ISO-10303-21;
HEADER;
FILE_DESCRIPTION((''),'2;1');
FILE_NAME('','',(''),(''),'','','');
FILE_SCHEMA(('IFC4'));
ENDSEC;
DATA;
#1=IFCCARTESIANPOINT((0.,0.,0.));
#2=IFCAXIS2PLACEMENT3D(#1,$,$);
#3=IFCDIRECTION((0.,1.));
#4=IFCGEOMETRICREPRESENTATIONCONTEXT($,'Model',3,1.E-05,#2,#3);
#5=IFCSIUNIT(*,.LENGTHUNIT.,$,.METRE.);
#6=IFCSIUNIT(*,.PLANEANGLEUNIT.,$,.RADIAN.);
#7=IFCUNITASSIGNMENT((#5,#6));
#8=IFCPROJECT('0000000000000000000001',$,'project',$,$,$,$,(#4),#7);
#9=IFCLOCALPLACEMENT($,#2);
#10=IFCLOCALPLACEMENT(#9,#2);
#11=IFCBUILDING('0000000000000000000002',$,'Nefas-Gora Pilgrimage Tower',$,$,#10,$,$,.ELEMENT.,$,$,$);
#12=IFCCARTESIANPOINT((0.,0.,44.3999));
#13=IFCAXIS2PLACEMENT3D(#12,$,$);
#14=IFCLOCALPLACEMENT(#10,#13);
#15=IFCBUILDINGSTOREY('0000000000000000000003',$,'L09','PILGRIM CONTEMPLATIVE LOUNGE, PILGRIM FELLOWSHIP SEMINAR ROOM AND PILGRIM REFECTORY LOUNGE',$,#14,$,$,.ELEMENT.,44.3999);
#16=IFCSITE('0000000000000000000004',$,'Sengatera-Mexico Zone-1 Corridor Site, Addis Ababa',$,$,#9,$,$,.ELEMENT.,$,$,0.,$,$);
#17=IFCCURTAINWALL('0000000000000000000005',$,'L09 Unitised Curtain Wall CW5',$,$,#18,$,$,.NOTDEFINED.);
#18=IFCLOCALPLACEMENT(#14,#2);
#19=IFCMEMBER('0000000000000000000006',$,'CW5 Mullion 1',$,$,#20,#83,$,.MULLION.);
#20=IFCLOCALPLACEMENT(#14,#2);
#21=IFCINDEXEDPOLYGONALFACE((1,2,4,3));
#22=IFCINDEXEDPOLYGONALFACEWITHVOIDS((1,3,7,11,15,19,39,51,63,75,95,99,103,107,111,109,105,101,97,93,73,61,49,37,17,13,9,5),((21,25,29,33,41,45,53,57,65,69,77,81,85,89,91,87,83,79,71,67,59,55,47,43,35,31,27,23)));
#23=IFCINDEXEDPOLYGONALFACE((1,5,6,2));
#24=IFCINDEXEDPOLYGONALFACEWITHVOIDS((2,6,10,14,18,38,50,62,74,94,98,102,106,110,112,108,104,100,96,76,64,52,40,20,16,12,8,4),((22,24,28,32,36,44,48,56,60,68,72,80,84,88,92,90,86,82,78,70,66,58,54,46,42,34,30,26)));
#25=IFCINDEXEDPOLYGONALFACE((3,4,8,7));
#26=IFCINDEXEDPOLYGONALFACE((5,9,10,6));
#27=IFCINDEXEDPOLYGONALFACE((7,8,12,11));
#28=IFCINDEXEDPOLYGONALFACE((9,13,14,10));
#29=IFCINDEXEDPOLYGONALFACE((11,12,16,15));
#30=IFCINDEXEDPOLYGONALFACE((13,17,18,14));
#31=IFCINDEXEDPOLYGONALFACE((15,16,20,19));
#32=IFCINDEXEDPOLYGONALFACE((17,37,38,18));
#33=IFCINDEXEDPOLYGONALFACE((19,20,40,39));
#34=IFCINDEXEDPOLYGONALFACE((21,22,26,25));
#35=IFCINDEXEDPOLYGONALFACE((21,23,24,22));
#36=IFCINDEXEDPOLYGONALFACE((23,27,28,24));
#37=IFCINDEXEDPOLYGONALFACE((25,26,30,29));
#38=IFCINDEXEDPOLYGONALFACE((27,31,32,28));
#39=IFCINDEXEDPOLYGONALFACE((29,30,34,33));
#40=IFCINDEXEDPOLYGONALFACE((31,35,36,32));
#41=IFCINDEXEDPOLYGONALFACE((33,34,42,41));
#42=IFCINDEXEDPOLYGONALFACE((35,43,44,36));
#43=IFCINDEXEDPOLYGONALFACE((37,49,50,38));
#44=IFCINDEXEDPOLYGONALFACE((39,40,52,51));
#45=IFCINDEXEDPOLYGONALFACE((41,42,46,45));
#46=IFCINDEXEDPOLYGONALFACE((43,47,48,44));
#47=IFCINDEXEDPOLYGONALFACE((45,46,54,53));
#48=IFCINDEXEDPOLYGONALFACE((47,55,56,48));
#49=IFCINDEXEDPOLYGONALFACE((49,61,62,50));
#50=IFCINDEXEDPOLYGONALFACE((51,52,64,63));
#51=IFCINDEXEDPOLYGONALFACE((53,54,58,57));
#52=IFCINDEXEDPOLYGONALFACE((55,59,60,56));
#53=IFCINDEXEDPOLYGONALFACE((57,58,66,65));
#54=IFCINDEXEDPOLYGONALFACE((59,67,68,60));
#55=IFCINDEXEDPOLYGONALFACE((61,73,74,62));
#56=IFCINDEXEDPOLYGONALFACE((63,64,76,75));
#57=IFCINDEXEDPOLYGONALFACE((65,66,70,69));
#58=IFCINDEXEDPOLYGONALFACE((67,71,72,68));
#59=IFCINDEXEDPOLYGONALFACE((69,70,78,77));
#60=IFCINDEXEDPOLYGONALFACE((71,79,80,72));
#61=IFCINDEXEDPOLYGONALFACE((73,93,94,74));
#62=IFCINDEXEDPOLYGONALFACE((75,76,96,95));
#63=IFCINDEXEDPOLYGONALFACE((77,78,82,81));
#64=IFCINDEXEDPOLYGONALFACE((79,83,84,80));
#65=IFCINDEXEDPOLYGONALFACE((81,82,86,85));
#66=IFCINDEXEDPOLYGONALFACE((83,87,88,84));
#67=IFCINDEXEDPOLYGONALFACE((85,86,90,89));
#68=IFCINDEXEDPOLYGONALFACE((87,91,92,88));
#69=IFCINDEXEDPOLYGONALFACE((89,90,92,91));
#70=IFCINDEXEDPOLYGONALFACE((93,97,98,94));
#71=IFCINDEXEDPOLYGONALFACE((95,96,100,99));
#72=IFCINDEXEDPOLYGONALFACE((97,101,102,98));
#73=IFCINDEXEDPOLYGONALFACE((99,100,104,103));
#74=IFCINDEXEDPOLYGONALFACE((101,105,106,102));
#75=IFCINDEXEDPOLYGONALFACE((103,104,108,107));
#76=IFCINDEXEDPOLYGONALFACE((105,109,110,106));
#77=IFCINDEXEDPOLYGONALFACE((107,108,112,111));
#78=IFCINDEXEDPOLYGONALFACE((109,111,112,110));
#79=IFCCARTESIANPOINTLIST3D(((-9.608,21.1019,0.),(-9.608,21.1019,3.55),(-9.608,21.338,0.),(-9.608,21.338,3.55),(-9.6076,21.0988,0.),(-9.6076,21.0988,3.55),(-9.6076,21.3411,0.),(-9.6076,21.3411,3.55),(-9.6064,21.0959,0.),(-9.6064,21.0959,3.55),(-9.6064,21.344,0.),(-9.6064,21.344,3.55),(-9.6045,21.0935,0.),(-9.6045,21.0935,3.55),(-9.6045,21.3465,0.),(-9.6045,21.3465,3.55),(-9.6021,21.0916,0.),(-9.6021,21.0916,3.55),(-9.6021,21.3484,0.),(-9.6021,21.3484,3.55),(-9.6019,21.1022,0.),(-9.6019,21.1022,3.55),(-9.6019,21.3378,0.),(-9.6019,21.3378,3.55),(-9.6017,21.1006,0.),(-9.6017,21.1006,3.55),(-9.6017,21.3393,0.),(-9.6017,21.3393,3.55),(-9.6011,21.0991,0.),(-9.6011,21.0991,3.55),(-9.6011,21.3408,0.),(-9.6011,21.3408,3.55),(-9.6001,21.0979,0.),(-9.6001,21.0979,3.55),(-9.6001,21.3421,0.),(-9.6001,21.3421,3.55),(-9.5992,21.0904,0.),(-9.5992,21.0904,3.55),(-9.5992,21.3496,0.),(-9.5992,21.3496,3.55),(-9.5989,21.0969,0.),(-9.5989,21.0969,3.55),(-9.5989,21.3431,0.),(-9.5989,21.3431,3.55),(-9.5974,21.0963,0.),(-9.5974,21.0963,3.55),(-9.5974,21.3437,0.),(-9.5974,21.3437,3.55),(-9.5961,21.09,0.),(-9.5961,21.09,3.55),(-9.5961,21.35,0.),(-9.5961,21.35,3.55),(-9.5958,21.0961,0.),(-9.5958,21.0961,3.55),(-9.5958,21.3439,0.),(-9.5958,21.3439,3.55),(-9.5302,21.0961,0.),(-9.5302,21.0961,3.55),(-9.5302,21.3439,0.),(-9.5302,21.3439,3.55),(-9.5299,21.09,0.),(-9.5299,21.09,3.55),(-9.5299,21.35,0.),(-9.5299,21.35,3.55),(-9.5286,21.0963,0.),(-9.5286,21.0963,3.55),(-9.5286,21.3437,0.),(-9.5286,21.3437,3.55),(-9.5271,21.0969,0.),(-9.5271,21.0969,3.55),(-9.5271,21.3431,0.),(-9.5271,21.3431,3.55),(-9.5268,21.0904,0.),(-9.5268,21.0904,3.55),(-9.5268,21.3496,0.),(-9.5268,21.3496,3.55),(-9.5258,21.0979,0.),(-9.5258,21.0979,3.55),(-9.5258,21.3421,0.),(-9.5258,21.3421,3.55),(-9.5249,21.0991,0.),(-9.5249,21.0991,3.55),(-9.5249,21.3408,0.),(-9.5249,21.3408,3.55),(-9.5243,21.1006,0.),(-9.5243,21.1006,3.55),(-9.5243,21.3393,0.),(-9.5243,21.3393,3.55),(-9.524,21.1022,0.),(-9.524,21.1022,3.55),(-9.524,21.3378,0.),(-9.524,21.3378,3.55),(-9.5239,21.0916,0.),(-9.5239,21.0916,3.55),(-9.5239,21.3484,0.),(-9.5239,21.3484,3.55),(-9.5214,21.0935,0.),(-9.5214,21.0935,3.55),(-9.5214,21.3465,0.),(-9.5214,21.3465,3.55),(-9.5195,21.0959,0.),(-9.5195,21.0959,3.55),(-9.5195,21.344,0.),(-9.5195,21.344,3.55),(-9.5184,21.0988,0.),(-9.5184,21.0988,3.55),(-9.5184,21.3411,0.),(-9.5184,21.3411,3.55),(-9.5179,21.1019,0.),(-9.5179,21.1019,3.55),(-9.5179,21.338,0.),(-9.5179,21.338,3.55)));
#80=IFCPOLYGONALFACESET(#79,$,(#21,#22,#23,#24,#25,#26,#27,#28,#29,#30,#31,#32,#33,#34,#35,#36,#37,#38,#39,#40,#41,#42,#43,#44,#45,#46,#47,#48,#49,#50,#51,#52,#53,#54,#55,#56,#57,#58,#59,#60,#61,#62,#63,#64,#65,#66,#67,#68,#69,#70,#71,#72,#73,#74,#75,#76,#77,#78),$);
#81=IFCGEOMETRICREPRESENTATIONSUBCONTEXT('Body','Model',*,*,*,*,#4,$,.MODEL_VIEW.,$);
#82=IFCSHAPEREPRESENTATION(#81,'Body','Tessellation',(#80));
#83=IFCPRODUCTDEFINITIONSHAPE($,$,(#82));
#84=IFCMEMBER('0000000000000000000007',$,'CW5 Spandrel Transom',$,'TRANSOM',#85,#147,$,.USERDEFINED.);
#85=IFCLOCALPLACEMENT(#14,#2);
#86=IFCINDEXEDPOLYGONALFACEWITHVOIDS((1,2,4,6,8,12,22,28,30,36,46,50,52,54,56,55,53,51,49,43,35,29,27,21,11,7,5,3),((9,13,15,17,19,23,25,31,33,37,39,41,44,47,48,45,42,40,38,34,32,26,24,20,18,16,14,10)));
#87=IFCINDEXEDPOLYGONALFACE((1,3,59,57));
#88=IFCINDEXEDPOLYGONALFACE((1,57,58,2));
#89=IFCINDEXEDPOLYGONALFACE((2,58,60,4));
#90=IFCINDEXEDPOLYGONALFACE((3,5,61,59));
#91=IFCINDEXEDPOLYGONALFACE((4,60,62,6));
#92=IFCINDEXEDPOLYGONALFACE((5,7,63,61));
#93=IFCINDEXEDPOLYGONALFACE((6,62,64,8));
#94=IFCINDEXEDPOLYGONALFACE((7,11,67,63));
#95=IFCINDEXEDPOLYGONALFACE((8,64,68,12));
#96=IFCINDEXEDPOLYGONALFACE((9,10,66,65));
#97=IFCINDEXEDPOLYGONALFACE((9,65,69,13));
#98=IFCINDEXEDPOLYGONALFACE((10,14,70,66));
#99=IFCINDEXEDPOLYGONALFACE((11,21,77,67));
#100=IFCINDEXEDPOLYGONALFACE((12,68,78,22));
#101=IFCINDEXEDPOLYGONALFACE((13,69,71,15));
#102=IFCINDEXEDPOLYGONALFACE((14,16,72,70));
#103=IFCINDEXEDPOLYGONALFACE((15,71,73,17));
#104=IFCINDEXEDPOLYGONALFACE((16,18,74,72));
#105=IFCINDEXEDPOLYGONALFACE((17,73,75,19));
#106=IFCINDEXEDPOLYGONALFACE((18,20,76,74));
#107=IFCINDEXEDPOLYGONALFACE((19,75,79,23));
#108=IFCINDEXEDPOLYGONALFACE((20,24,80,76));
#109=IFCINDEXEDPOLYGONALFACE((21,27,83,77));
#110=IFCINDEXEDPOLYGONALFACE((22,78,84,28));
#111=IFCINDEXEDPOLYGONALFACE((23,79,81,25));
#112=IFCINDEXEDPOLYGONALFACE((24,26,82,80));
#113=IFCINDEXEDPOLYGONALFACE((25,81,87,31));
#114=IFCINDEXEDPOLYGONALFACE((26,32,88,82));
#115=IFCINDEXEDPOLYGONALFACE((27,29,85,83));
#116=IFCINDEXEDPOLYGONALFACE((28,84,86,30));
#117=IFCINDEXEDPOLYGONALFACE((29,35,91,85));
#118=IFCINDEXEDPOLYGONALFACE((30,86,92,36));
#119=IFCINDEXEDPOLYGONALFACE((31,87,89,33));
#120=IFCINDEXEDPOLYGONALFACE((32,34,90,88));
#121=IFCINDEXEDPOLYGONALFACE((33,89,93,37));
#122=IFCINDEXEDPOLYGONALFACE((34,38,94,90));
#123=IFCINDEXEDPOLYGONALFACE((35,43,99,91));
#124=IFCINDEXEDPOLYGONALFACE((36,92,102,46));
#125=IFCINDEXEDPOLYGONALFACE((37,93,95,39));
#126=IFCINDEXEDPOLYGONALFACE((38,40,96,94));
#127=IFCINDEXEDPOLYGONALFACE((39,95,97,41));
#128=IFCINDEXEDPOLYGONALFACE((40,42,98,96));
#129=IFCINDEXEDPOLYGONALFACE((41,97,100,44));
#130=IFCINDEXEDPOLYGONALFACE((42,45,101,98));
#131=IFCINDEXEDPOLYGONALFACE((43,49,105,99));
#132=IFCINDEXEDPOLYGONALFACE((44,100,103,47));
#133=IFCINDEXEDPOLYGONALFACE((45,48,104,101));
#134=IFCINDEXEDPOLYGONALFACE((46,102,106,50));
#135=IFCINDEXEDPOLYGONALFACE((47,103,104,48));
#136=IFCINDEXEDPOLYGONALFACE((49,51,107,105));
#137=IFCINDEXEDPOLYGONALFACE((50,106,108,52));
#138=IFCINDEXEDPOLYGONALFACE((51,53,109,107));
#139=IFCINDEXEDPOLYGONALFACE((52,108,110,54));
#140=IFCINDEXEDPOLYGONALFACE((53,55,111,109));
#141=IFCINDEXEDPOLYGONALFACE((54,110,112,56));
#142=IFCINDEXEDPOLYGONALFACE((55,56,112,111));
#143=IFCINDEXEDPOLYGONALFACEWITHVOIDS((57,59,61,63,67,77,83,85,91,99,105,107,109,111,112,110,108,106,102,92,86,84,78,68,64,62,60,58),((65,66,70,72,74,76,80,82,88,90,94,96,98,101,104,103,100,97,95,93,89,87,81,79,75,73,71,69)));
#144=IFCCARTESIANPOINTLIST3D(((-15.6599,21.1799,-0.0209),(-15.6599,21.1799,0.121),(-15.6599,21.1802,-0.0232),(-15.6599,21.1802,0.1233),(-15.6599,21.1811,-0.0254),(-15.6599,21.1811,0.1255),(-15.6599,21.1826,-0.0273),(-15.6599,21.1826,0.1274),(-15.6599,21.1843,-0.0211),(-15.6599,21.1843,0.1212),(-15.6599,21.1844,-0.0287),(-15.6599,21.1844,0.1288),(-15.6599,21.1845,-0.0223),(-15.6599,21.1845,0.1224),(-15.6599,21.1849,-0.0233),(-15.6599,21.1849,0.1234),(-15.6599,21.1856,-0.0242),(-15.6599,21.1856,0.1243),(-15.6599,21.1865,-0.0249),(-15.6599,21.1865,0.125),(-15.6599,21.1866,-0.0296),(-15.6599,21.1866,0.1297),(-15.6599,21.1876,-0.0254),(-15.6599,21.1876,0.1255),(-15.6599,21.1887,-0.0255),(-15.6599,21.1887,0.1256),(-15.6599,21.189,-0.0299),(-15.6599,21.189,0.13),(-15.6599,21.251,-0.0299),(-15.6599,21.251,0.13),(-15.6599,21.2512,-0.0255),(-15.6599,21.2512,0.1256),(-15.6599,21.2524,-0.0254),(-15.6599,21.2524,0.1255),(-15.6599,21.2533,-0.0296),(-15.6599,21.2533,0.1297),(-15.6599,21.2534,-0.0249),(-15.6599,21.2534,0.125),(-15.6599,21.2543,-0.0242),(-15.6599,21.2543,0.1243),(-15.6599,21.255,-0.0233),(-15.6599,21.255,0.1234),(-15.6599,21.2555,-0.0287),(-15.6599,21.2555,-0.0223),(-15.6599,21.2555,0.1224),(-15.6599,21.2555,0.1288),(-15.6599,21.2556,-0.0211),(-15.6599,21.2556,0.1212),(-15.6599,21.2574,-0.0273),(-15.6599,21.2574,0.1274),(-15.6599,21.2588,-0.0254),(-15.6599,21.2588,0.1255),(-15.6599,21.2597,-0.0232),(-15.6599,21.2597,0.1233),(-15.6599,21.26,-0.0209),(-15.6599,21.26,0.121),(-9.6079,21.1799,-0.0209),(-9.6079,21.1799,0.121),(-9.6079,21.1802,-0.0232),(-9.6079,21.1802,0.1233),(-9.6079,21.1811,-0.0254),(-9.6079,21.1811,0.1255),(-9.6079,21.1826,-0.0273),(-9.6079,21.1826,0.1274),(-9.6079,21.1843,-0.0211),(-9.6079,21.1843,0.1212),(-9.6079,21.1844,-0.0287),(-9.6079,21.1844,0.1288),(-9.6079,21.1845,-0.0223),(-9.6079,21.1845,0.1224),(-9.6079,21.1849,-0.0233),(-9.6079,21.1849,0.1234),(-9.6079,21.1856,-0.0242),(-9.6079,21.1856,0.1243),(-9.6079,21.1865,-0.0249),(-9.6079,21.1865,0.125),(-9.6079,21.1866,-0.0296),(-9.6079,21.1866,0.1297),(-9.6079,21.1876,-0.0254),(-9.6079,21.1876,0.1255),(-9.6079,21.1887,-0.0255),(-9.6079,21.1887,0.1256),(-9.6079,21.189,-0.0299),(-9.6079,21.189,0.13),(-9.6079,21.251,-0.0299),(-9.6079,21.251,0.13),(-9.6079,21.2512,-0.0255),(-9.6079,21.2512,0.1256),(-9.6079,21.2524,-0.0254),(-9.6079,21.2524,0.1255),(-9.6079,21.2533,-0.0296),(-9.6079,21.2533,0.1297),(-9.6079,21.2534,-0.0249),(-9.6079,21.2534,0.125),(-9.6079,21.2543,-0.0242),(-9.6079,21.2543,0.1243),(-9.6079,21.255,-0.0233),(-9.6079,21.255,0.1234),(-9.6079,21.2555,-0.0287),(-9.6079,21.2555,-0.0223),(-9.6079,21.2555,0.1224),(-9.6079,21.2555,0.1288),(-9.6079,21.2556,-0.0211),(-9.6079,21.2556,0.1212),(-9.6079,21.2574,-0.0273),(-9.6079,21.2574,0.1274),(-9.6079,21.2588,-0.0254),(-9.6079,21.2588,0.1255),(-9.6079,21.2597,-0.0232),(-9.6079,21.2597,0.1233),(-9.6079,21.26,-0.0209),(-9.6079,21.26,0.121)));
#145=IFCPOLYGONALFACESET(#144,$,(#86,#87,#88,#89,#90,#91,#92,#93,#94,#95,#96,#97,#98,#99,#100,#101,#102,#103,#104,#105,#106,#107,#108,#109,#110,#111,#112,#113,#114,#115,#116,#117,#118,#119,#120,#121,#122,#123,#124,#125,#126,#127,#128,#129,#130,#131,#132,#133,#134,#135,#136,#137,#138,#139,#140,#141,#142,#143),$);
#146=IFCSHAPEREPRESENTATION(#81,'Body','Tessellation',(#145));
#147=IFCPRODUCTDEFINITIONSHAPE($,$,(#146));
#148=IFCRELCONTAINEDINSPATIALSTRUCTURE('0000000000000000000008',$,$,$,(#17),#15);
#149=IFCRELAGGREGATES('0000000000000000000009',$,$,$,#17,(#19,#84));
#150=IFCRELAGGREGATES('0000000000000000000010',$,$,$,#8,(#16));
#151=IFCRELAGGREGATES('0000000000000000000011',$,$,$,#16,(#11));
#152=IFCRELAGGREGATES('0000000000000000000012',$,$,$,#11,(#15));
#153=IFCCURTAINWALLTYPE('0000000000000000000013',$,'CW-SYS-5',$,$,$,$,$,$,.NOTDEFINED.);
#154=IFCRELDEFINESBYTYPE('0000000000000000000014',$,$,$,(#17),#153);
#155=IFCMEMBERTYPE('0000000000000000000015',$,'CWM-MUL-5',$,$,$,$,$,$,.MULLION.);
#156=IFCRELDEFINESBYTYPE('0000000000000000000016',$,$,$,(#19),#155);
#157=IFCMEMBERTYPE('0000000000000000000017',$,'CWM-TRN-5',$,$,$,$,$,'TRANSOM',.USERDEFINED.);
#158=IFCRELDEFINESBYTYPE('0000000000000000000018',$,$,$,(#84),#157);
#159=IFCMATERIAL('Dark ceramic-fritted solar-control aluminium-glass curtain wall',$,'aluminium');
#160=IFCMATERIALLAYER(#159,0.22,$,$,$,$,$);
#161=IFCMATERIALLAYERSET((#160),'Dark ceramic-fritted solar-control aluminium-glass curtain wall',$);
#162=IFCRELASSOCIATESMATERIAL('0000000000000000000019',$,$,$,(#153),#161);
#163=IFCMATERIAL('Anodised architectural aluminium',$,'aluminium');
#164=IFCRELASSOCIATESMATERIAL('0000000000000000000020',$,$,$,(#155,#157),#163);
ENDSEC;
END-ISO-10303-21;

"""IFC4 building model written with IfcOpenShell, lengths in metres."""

from ifc_helpers import new_model, si_unit, direction, frame, origin, origin_2d, place, context, subcontext, project, spatial, hollow_rectangle, extrude, source, transform, mapped, material, layer, layer_set, material_profile, profile_set, type_object, element, aggregate, save


model = new_model("IFC4")

# Units and contexts
model_context = context("Model", 3, precision=1e-05, world=origin(), true_north=direction((0.0, 1.0)))
body_context = subcontext(model_context, "Body", "Model", "MODEL_VIEW")
ifc_project = project(units=[si_unit("LENGTHUNIT", "METRE"), si_unit("PLANEANGLEUNIT", "RADIAN")], contexts=[model_context])

# Site, building, storey
site_placement = place(None, origin())
site = spatial("IfcSite", under=ifc_project, at=site_placement, Name="Sengatera-Mexico Zone-1 Corridor Site, Addis Ababa", CompositionType="ELEMENT", RefElevation=0.0)
building_placement = place(site_placement, origin())
building = spatial("IfcBuilding", under=site, at=building_placement, Name="Nefas-Gora Pilgrimage Tower", CompositionType="ELEMENT")
storey_placement = place(building_placement, frame((0.0, 0.0, 44.3999)))
storey = spatial("IfcBuildingStorey", under=building, at=storey_placement, Name="L09", Description="PILGRIM CONTEMPLATIVE LOUNGE, PILGRIM FELLOWSHIP SEMINAR ROOM AND PILGRIM REFECTORY LOUNGE", CompositionType="ELEMENT", Elevation=44.3999)

# Curtain wall, members
ifc_material_1 = material(Name="Dark ceramic-fritted solar-control aluminium-glass curtain wall", Category="aluminium")
ifc_layer_1 = layer(ifc_material_1, 0.22)
ifc_layer_set_1 = layer_set([ifc_layer_1], Name="Dark ceramic-fritted solar-control aluminium-glass curtain wall")
curtain_wall_type = type_object("IfcCurtainWallType", Name="CW-SYS-5", PredefinedType="NOTDEFINED", material=ifc_layer_set_1)
ifc_material_2 = material(Name="Anodised architectural aluminium", Category="aluminium")
ifc_material_profile_1 = material_profile(ifc_material_2, hollow_rectangle(XDim=0.0901, YDim=0.26, WallThickness=0.0061, InnerFilletRadius=0.0061, OuterFilletRadius=0.012, at=origin_2d()), Name="ALU MULLION 90x260")
ifc_profile_set_1 = profile_set([ifc_material_profile_1], Name="Anodised architectural aluminium")
member_type_1 = type_object("IfcMemberType", Name="CWM-MUL-5", PredefinedType="MULLION", material=ifc_profile_set_1)
shared_shape_1 = source(origin(), body_context, "Body", "SweptSolid", [
    extrude(hollow_rectangle(XDim=0.0901, YDim=0.26, WallThickness=0.0061, InnerFilletRadius=0.0061, OuterFilletRadius=0.012, at=origin_2d()), origin(), (0.0, 0.0, 1.0), 3.55),
])
curtain_wall_1_placement = place(storey_placement, origin())
curtain_wall_1 = element("IfcCurtainWall", 1, at=curtain_wall_1_placement, inside=storey, type_object=curtain_wall_type, Name="L09 Unitised Curtain Wall CW5", PredefinedType="NOTDEFINED")
member_1_placement = place(storey_placement, frame((-9.563, 21.22, 0.0), z_axis=(0.0, 0.0, 1.0), x_axis=(-1.0, 0.0, 0.0)))
member_1 = element("IfcMember", 2, at=member_1_placement, type_object=member_type_1, Name="CW5 Mullion 1", PredefinedType="MULLION", context=body_context, shape_type="MappedRepresentation", body=[
    mapped(shared_shape_1, transform((0.0, 0.0, 0.0), x_axis=(1.0, 0.0, 0.0), y_axis=(0.0, 1.0, 0.0), z_axis=(0.0, 0.0, 1.0), scale=1.0)),
])
ifc_material_profile_2 = material_profile(ifc_material_2, hollow_rectangle(XDim=0.0801, YDim=0.1599, WallThickness=0.0044, InnerFilletRadius=0.0044, OuterFilletRadius=0.009, at=origin_2d()), Name="ALU TRANSOM 80x160")
ifc_profile_set_2 = profile_set([ifc_material_profile_2], Name="Anodised architectural aluminium")
member_type_2 = type_object("IfcMemberType", Name="CWM-TRN-5", ElementType="TRANSOM", PredefinedType="USERDEFINED", material=ifc_profile_set_2)
shared_shape_2 = source(origin(), body_context, "Body", "SweptSolid", [
    extrude(hollow_rectangle(XDim=0.0801, YDim=0.1599, WallThickness=0.0044, InnerFilletRadius=0.0044, OuterFilletRadius=0.009, at=origin_2d()), origin(), (0.0, 0.0, 1.0), 6.052),
])
member_2_placement = place(storey_placement, frame((-9.6079, 21.22, 0.05), z_axis=(-1.0, 0.0, 0.0), x_axis=(0.0, -1.0, 0.0)))
member_2 = element("IfcMember", 3, at=member_2_placement, type_object=member_type_2, Name="CW5 Spandrel Transom", ObjectType="TRANSOM", PredefinedType="USERDEFINED", context=body_context, shape_type="MappedRepresentation", body=[
    mapped(shared_shape_2, transform((0.0, 0.0, 0.0), x_axis=(1.0, 0.0, 0.0), y_axis=(0.0, 1.0, 0.0), z_axis=(0.0, 0.0, 1.0), scale=1.0)),
])
aggregate(curtain_wall_1, [member_1, member_2])

save(model, "model.ifc")
